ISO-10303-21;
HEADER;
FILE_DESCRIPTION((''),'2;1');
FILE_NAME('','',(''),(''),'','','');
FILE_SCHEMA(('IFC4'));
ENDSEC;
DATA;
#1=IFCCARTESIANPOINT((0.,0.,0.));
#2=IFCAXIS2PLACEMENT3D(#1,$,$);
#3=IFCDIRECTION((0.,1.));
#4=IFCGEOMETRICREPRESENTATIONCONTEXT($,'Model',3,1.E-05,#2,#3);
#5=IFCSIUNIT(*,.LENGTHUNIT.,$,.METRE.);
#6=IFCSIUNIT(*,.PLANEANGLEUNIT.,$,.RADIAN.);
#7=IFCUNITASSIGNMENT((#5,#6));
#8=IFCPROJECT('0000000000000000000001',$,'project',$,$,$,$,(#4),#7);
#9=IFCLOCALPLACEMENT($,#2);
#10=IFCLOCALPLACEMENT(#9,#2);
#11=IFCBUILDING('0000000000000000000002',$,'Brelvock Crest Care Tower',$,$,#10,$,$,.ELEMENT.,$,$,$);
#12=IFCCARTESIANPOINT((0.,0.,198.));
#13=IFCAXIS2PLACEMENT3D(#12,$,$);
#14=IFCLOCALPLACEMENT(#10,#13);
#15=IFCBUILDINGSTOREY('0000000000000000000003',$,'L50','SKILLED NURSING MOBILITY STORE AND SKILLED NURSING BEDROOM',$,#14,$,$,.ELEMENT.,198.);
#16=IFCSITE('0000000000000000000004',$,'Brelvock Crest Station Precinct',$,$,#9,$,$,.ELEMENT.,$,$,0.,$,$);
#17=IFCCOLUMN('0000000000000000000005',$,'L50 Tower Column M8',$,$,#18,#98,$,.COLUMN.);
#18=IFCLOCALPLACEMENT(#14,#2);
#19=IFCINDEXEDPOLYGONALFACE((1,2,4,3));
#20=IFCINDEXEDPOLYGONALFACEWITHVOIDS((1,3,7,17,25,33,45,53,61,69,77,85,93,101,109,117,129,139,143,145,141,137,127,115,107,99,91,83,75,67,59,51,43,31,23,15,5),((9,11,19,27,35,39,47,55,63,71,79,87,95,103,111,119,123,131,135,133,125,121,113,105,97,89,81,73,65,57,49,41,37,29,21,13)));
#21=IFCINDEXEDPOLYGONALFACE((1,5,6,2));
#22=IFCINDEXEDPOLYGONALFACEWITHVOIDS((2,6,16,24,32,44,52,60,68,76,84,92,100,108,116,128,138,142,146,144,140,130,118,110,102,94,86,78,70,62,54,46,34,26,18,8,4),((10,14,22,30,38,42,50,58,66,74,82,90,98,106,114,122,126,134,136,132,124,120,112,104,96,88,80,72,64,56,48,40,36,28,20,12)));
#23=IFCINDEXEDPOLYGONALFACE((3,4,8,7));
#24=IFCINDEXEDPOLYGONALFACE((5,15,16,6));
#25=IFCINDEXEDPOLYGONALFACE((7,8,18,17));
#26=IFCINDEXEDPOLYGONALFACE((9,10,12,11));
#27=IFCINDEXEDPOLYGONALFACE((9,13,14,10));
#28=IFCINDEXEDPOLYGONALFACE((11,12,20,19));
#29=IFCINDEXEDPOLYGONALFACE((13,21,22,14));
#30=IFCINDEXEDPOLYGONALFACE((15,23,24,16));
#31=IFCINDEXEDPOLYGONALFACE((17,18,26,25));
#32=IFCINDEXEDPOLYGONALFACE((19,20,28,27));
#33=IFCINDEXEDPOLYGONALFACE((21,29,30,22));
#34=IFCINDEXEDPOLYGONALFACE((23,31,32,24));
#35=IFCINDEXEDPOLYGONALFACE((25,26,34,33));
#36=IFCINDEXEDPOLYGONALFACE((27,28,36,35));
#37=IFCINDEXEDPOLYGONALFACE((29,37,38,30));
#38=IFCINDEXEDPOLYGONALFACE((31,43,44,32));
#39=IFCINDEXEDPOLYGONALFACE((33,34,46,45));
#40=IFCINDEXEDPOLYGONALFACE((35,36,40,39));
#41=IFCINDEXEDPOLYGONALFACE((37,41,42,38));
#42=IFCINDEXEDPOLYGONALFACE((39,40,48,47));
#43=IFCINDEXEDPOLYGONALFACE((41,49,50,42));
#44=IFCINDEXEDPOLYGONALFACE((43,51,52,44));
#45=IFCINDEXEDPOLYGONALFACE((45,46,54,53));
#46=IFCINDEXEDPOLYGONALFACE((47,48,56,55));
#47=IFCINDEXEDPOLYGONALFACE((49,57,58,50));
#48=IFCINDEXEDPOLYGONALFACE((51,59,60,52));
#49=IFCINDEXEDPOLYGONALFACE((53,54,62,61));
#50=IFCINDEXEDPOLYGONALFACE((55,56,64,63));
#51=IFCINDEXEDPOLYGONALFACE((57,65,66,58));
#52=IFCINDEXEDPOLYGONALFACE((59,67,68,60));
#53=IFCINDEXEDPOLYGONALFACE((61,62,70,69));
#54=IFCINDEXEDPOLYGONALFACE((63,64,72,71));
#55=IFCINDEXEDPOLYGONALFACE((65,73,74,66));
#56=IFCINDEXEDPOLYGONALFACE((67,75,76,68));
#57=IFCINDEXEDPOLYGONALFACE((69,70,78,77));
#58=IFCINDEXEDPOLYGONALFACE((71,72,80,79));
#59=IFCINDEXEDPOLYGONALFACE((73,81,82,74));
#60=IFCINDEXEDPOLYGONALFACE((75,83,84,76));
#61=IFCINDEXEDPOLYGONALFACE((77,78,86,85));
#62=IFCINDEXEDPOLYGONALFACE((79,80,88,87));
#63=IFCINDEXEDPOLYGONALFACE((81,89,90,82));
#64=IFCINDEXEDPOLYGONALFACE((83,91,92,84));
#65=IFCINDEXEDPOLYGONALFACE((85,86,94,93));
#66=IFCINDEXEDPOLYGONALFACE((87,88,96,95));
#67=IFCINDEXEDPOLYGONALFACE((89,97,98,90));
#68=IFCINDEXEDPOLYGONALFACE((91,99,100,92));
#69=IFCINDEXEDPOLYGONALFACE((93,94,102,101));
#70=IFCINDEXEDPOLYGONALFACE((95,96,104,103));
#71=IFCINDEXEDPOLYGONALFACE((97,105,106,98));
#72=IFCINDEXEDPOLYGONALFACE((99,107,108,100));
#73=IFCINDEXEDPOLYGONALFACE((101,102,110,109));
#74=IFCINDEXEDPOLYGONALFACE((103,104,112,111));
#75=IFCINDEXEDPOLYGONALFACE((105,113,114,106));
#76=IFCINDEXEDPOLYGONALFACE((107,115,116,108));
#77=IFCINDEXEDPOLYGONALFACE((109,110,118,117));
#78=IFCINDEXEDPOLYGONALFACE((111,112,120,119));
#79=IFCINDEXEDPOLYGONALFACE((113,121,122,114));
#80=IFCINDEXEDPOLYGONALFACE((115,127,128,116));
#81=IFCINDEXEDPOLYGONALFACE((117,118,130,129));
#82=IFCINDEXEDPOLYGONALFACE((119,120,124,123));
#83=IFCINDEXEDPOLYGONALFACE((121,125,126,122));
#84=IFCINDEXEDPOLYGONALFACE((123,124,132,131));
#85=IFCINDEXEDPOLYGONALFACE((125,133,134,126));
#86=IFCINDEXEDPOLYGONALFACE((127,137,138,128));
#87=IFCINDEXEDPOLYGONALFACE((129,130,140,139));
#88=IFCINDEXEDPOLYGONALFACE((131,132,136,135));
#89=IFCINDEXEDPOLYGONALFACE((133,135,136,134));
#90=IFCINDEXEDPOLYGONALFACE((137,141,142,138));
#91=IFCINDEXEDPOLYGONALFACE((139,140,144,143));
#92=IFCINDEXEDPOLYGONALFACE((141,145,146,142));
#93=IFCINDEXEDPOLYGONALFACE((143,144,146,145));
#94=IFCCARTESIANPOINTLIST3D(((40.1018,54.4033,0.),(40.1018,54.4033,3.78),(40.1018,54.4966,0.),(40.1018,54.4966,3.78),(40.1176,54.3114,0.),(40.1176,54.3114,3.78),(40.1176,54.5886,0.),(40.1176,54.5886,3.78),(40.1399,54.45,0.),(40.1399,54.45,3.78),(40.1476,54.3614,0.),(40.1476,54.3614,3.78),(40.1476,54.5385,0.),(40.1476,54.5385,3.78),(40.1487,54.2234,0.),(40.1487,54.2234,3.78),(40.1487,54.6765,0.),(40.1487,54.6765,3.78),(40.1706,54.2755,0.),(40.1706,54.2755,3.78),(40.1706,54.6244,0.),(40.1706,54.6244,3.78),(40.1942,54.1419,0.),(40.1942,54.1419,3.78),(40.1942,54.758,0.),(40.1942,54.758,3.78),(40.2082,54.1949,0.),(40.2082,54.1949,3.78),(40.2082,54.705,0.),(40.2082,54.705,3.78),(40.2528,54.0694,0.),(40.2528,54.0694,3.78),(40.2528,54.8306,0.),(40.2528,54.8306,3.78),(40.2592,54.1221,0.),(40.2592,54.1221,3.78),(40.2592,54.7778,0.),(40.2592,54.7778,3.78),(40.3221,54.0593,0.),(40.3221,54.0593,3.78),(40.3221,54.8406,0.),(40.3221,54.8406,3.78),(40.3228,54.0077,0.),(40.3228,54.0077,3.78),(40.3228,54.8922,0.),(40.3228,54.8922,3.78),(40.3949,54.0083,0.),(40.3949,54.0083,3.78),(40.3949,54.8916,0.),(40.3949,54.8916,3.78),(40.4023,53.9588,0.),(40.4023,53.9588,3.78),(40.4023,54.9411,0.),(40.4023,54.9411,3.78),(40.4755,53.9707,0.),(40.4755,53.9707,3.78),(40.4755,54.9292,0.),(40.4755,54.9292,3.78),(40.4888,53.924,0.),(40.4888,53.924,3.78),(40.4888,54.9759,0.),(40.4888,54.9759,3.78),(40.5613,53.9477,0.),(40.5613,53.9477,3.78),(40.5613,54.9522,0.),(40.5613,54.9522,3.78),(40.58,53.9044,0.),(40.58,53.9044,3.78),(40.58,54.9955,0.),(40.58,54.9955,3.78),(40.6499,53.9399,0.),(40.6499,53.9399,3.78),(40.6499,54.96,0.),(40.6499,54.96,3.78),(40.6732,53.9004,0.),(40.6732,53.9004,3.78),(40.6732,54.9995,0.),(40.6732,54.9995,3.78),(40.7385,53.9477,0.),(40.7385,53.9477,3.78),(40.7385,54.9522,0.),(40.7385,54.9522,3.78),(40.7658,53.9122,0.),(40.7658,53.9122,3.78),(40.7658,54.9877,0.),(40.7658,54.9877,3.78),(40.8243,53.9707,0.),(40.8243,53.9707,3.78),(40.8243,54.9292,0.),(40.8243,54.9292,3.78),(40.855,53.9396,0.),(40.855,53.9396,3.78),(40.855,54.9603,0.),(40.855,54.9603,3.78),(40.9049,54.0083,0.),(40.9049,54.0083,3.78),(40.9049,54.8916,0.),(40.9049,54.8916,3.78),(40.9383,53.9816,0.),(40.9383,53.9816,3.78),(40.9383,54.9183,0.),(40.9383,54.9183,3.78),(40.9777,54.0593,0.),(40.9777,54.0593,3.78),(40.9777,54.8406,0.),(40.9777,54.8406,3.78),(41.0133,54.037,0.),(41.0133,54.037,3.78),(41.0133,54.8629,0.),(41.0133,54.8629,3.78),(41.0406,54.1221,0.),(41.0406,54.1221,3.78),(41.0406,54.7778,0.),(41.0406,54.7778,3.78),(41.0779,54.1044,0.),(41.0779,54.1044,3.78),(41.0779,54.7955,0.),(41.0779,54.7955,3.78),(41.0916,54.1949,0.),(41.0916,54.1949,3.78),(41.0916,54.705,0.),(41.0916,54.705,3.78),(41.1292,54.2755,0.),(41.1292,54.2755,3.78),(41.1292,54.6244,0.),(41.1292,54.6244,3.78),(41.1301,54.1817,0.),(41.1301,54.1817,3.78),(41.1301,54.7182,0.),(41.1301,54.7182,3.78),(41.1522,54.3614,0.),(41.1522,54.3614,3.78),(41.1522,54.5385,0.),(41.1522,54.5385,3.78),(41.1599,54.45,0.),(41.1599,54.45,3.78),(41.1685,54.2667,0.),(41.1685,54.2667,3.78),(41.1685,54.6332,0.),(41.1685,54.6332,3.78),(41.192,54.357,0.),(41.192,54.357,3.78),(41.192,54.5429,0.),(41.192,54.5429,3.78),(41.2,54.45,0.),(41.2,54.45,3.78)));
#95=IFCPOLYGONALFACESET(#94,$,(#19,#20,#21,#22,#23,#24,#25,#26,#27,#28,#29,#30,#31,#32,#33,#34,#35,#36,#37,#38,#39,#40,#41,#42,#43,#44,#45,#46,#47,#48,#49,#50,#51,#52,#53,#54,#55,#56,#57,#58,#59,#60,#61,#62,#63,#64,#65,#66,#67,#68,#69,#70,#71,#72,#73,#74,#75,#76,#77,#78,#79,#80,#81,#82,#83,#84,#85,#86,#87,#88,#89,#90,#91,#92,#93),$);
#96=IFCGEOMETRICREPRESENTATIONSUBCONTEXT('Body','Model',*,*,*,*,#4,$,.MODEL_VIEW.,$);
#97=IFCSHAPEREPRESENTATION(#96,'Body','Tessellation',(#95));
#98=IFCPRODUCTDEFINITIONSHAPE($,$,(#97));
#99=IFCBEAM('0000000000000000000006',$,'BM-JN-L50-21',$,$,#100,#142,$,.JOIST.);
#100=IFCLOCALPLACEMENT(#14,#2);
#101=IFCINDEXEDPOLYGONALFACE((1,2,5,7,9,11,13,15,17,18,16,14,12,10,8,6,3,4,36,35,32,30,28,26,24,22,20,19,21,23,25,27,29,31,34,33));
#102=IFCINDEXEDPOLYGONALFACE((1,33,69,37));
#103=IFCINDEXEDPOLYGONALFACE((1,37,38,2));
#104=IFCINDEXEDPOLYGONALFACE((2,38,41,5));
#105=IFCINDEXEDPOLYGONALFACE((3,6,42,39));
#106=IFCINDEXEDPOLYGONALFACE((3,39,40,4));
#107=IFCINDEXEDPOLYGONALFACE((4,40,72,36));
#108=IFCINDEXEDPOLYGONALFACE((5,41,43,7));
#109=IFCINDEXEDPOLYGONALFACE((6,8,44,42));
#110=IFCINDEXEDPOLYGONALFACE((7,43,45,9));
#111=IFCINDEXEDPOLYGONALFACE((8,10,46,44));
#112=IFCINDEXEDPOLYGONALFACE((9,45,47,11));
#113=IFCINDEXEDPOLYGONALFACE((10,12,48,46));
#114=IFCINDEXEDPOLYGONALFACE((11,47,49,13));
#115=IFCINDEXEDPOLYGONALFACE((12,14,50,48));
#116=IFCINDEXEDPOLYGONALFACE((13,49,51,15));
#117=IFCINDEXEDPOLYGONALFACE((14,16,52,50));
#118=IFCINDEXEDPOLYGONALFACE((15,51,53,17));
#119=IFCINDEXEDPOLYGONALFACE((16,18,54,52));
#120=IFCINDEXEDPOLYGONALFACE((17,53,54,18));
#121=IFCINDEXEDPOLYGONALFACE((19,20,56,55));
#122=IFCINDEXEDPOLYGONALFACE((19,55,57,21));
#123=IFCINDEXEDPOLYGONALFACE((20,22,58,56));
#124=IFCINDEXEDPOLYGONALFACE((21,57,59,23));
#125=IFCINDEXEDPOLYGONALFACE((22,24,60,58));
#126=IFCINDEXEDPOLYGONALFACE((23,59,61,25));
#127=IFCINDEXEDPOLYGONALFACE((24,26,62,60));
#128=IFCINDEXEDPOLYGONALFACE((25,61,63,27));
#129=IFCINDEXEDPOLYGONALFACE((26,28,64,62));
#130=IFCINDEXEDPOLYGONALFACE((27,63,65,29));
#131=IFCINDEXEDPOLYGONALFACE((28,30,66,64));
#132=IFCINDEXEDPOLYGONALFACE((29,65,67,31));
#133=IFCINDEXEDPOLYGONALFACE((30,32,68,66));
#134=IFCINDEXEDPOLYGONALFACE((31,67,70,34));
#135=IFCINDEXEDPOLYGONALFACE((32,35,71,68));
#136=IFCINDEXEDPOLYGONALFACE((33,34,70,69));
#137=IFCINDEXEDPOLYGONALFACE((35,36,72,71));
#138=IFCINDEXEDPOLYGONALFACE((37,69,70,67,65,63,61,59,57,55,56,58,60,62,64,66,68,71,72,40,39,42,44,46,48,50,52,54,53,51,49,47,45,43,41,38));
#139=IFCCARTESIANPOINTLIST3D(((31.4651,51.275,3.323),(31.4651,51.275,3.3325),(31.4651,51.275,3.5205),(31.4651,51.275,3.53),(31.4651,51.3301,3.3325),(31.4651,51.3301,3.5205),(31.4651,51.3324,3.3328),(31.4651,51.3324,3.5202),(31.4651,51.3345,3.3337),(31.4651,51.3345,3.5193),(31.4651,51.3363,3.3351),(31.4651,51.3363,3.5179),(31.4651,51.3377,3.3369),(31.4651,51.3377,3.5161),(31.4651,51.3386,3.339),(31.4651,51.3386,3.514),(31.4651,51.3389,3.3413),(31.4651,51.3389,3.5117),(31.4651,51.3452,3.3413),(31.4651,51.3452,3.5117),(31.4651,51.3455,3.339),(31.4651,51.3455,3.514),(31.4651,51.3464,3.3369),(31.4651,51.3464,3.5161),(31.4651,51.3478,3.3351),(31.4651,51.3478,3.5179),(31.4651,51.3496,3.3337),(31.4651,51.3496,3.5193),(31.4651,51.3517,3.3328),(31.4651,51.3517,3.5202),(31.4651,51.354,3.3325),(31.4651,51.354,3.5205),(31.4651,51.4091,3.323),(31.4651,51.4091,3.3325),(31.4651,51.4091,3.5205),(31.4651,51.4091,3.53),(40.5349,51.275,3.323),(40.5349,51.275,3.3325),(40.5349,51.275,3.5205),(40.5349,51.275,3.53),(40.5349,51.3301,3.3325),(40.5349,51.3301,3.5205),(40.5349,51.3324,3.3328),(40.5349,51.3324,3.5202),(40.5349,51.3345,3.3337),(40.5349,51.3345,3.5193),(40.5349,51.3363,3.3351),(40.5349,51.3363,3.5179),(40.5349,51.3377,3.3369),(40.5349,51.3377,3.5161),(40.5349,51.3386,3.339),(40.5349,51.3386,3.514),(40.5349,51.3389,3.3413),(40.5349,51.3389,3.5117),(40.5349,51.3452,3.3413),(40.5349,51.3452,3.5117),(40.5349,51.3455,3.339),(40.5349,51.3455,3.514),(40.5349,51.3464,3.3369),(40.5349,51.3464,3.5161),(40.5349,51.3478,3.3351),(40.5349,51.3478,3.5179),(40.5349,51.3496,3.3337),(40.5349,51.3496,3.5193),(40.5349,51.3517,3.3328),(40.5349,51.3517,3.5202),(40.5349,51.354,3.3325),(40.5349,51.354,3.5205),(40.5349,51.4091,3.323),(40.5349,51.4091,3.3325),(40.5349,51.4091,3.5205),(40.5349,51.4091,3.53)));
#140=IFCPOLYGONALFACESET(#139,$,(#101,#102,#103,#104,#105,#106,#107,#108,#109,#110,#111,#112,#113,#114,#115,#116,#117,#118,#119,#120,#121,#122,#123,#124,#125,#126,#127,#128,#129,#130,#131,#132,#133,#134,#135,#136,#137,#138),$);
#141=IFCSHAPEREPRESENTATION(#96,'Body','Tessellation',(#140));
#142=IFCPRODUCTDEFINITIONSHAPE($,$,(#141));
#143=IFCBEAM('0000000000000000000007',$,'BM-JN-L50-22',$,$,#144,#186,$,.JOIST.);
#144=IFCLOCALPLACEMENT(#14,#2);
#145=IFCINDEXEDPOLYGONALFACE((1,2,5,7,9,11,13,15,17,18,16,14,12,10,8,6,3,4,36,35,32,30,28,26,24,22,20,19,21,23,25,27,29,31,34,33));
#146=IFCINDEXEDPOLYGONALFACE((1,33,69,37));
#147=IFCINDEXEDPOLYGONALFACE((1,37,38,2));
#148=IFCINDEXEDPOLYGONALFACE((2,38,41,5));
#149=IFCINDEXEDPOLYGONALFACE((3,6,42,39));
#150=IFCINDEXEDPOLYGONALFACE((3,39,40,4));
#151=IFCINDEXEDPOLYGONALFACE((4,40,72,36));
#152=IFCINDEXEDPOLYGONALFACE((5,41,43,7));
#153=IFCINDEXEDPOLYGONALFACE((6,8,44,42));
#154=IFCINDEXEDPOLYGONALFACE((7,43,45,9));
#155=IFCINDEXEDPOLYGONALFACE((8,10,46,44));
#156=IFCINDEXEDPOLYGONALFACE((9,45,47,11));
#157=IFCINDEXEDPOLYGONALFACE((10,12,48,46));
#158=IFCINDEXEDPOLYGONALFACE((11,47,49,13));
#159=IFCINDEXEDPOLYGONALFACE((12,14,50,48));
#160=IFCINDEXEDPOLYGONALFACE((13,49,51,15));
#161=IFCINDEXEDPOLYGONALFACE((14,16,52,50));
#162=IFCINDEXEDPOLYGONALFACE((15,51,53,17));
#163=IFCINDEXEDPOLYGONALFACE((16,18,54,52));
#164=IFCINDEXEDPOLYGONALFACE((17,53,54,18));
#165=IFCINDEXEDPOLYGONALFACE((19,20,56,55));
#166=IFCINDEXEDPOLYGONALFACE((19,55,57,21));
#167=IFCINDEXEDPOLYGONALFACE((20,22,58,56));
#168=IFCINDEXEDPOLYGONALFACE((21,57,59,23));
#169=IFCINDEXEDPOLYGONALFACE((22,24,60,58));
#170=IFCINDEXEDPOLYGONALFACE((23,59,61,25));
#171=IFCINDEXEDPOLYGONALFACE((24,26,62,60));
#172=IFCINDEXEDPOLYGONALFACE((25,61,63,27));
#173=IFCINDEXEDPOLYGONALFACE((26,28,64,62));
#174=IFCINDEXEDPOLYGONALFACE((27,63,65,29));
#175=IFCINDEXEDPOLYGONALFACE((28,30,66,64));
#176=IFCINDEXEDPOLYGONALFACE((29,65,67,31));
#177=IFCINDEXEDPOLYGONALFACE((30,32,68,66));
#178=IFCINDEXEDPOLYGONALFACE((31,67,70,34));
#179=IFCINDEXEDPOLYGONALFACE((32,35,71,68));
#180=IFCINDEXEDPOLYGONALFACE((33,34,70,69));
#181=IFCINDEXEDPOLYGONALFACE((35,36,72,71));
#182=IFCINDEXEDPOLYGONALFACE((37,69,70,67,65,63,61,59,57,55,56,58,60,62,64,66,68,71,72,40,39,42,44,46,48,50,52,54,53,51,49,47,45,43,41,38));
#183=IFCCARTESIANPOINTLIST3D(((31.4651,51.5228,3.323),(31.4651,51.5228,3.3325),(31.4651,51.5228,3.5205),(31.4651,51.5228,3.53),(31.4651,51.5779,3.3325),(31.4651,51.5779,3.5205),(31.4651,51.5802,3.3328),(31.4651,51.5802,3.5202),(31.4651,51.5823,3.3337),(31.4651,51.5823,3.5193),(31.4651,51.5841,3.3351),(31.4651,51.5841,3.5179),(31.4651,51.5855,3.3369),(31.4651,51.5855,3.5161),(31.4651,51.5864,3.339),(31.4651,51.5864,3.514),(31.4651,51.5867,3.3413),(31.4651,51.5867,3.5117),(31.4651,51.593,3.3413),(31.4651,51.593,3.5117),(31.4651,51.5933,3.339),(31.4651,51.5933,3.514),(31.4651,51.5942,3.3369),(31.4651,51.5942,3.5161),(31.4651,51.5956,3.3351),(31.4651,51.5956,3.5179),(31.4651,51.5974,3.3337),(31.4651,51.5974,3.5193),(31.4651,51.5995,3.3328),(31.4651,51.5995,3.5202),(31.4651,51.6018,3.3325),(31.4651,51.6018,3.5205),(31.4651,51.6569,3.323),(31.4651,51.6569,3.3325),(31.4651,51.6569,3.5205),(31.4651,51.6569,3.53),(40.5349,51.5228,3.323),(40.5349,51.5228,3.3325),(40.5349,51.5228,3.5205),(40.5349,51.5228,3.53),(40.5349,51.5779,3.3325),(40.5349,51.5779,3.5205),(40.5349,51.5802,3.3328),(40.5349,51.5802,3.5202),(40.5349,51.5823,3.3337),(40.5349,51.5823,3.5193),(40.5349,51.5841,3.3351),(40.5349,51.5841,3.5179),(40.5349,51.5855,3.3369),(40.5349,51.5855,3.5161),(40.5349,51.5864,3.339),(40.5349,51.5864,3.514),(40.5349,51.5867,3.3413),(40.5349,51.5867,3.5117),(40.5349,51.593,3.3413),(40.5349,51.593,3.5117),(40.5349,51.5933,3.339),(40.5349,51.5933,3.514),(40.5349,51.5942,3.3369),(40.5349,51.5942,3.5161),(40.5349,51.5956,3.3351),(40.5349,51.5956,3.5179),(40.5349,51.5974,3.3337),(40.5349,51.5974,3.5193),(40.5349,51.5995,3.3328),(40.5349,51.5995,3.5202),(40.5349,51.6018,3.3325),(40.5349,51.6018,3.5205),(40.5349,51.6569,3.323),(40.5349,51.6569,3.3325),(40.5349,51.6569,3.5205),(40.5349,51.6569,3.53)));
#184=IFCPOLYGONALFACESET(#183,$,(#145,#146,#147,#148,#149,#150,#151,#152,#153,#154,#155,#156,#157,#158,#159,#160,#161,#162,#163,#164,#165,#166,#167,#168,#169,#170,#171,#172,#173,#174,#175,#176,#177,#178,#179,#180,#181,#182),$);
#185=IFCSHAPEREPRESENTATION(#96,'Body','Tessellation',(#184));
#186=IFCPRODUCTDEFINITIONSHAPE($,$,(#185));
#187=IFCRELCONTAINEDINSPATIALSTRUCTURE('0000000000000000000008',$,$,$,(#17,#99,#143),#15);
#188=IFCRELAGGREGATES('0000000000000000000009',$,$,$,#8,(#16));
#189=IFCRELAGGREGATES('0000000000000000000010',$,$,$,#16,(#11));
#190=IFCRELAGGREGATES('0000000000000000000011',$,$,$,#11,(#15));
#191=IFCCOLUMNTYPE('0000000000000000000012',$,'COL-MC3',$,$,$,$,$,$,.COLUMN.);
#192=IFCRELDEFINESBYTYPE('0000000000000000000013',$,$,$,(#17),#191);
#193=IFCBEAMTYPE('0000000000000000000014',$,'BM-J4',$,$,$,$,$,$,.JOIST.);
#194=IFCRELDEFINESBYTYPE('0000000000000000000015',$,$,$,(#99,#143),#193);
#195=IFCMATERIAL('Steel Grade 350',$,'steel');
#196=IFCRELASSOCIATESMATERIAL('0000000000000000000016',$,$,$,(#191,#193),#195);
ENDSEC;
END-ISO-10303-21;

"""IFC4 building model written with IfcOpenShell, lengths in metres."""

from ifc_helpers import new_model, si_unit, direction, frame, origin, origin_2d, place, context, subcontext, project, spatial, hollow_circle, i_section, extrude, source, transform, mapped, material, material_profile, profile_set, type_object, element, save


model = new_model("IFC4")

# Units and contexts
model_context = context("Model", 3, precision=1e-05, world=origin(), true_north=direction((0.0, 1.0)))
body_context = subcontext(model_context, "Body", "Model", "MODEL_VIEW")
ifc_project = project(units=[si_unit("LENGTHUNIT", "METRE"), si_unit("PLANEANGLEUNIT", "RADIAN")], contexts=[model_context])

# Site, building, storey
site_placement = place(None, origin())
site = spatial("IfcSite", under=ifc_project, at=site_placement, Name="Brelvock Crest Station Precinct", CompositionType="ELEMENT", RefElevation=0.0)
building_placement = place(site_placement, origin())
building = spatial("IfcBuilding", under=site, at=building_placement, Name="Brelvock Crest Care Tower", CompositionType="ELEMENT")
storey_placement = place(building_placement, frame((0.0, 0.0, 198.0)))
storey = spatial("IfcBuildingStorey", under=building, at=storey_placement, Name="L50", Description="SKILLED NURSING MOBILITY STORE AND SKILLED NURSING BEDROOM", CompositionType="ELEMENT", Elevation=198.0)

# Column
ifc_material_1 = material(Name="Steel Grade 350", Category="steel")
ifc_material_profile_1 = material_profile(ifc_material_1, hollow_circle(Radius=0.55, WallThickness=0.04, at=origin_2d()), Name="CFT1100x40")
ifc_profile_set_1 = profile_set([ifc_material_profile_1], Name="Steel Grade 350")
column_type = type_object("IfcColumnType", Name="COL-MC3", PredefinedType="COLUMN", material=ifc_profile_set_1)
shared_shape_1 = source(origin(), body_context, "Body", "SweptSolid", [
    extrude(hollow_circle(Radius=0.55, WallThickness=0.04, at=origin_2d()), origin(), (0.0, 0.0, 1.0), 3.78),
])
column_placement = place(storey_placement, frame((40.6499, 54.45, 0.0), z_axis=(0.0, 0.0, 1.0), x_axis=(1.0, 0.0, 0.0)))
element("IfcColumn", 1, at=column_placement, inside=storey, type_object=column_type, Name="L50 Tower Column M8", PredefinedType="COLUMN", context=body_context, shape_type="MappedRepresentation", body=[
    mapped(shared_shape_1, transform((0.0, 0.0, 0.0), x_axis=(1.0, 0.0, 0.0), y_axis=(0.0, 1.0, 0.0), z_axis=(0.0, 0.0, 1.0), scale=1.0)),
])

# Beams
ifc_material_profile_2 = material_profile(ifc_material_1, i_section(OverallWidth=0.134, OverallDepth=0.207, WebThickness=0.0063, FlangeThickness=0.0095, FilletRadius=0.0088, at=origin_2d()), Name="200UB29.8")
ifc_profile_set_2 = profile_set([ifc_material_profile_2], Name="Steel Grade 350")
beam_type_1 = type_object("IfcBeamType", Name="BM-J4", PredefinedType="JOIST", material=ifc_profile_set_2)
shared_shape_2 = source(origin(), body_context, "Body", "SweptSolid", [
    extrude(i_section(OverallWidth=0.134, OverallDepth=0.207, WebThickness=0.0063, FlangeThickness=0.0095, FilletRadius=0.0088, at=origin_2d()), origin(), (0.0, 0.0, 1.0), 9.0698),
])
for number, where, z_axis, x_axis, name in (
    (2, (31.4651, 51.342, 3.4265), (1.0, 0.0, 0.0), (0.0, 1.0, 0.0), "BM-JN-L50-21"),
    (3, (31.4651, 51.5898, 3.4265), (1.0, 0.0, 0.0), (0.0, 1.0, 0.0), "BM-JN-L50-22"),
):
    element("IfcBeam", number, at=place(storey_placement, frame(where, z_axis=z_axis, x_axis=x_axis)), inside=storey, type_object=beam_type_1, Name=name, PredefinedType="JOIST", context=body_context, shape_type="MappedRepresentation", body=[
        mapped(shared_shape_2, transform((0.0, 0.0, 0.0), x_axis=(1.0, 0.0, 0.0), y_axis=(0.0, 1.0, 0.0), z_axis=(0.0, 0.0, 1.0), scale=1.0)),
    ])

save(model, "model.ifc")
